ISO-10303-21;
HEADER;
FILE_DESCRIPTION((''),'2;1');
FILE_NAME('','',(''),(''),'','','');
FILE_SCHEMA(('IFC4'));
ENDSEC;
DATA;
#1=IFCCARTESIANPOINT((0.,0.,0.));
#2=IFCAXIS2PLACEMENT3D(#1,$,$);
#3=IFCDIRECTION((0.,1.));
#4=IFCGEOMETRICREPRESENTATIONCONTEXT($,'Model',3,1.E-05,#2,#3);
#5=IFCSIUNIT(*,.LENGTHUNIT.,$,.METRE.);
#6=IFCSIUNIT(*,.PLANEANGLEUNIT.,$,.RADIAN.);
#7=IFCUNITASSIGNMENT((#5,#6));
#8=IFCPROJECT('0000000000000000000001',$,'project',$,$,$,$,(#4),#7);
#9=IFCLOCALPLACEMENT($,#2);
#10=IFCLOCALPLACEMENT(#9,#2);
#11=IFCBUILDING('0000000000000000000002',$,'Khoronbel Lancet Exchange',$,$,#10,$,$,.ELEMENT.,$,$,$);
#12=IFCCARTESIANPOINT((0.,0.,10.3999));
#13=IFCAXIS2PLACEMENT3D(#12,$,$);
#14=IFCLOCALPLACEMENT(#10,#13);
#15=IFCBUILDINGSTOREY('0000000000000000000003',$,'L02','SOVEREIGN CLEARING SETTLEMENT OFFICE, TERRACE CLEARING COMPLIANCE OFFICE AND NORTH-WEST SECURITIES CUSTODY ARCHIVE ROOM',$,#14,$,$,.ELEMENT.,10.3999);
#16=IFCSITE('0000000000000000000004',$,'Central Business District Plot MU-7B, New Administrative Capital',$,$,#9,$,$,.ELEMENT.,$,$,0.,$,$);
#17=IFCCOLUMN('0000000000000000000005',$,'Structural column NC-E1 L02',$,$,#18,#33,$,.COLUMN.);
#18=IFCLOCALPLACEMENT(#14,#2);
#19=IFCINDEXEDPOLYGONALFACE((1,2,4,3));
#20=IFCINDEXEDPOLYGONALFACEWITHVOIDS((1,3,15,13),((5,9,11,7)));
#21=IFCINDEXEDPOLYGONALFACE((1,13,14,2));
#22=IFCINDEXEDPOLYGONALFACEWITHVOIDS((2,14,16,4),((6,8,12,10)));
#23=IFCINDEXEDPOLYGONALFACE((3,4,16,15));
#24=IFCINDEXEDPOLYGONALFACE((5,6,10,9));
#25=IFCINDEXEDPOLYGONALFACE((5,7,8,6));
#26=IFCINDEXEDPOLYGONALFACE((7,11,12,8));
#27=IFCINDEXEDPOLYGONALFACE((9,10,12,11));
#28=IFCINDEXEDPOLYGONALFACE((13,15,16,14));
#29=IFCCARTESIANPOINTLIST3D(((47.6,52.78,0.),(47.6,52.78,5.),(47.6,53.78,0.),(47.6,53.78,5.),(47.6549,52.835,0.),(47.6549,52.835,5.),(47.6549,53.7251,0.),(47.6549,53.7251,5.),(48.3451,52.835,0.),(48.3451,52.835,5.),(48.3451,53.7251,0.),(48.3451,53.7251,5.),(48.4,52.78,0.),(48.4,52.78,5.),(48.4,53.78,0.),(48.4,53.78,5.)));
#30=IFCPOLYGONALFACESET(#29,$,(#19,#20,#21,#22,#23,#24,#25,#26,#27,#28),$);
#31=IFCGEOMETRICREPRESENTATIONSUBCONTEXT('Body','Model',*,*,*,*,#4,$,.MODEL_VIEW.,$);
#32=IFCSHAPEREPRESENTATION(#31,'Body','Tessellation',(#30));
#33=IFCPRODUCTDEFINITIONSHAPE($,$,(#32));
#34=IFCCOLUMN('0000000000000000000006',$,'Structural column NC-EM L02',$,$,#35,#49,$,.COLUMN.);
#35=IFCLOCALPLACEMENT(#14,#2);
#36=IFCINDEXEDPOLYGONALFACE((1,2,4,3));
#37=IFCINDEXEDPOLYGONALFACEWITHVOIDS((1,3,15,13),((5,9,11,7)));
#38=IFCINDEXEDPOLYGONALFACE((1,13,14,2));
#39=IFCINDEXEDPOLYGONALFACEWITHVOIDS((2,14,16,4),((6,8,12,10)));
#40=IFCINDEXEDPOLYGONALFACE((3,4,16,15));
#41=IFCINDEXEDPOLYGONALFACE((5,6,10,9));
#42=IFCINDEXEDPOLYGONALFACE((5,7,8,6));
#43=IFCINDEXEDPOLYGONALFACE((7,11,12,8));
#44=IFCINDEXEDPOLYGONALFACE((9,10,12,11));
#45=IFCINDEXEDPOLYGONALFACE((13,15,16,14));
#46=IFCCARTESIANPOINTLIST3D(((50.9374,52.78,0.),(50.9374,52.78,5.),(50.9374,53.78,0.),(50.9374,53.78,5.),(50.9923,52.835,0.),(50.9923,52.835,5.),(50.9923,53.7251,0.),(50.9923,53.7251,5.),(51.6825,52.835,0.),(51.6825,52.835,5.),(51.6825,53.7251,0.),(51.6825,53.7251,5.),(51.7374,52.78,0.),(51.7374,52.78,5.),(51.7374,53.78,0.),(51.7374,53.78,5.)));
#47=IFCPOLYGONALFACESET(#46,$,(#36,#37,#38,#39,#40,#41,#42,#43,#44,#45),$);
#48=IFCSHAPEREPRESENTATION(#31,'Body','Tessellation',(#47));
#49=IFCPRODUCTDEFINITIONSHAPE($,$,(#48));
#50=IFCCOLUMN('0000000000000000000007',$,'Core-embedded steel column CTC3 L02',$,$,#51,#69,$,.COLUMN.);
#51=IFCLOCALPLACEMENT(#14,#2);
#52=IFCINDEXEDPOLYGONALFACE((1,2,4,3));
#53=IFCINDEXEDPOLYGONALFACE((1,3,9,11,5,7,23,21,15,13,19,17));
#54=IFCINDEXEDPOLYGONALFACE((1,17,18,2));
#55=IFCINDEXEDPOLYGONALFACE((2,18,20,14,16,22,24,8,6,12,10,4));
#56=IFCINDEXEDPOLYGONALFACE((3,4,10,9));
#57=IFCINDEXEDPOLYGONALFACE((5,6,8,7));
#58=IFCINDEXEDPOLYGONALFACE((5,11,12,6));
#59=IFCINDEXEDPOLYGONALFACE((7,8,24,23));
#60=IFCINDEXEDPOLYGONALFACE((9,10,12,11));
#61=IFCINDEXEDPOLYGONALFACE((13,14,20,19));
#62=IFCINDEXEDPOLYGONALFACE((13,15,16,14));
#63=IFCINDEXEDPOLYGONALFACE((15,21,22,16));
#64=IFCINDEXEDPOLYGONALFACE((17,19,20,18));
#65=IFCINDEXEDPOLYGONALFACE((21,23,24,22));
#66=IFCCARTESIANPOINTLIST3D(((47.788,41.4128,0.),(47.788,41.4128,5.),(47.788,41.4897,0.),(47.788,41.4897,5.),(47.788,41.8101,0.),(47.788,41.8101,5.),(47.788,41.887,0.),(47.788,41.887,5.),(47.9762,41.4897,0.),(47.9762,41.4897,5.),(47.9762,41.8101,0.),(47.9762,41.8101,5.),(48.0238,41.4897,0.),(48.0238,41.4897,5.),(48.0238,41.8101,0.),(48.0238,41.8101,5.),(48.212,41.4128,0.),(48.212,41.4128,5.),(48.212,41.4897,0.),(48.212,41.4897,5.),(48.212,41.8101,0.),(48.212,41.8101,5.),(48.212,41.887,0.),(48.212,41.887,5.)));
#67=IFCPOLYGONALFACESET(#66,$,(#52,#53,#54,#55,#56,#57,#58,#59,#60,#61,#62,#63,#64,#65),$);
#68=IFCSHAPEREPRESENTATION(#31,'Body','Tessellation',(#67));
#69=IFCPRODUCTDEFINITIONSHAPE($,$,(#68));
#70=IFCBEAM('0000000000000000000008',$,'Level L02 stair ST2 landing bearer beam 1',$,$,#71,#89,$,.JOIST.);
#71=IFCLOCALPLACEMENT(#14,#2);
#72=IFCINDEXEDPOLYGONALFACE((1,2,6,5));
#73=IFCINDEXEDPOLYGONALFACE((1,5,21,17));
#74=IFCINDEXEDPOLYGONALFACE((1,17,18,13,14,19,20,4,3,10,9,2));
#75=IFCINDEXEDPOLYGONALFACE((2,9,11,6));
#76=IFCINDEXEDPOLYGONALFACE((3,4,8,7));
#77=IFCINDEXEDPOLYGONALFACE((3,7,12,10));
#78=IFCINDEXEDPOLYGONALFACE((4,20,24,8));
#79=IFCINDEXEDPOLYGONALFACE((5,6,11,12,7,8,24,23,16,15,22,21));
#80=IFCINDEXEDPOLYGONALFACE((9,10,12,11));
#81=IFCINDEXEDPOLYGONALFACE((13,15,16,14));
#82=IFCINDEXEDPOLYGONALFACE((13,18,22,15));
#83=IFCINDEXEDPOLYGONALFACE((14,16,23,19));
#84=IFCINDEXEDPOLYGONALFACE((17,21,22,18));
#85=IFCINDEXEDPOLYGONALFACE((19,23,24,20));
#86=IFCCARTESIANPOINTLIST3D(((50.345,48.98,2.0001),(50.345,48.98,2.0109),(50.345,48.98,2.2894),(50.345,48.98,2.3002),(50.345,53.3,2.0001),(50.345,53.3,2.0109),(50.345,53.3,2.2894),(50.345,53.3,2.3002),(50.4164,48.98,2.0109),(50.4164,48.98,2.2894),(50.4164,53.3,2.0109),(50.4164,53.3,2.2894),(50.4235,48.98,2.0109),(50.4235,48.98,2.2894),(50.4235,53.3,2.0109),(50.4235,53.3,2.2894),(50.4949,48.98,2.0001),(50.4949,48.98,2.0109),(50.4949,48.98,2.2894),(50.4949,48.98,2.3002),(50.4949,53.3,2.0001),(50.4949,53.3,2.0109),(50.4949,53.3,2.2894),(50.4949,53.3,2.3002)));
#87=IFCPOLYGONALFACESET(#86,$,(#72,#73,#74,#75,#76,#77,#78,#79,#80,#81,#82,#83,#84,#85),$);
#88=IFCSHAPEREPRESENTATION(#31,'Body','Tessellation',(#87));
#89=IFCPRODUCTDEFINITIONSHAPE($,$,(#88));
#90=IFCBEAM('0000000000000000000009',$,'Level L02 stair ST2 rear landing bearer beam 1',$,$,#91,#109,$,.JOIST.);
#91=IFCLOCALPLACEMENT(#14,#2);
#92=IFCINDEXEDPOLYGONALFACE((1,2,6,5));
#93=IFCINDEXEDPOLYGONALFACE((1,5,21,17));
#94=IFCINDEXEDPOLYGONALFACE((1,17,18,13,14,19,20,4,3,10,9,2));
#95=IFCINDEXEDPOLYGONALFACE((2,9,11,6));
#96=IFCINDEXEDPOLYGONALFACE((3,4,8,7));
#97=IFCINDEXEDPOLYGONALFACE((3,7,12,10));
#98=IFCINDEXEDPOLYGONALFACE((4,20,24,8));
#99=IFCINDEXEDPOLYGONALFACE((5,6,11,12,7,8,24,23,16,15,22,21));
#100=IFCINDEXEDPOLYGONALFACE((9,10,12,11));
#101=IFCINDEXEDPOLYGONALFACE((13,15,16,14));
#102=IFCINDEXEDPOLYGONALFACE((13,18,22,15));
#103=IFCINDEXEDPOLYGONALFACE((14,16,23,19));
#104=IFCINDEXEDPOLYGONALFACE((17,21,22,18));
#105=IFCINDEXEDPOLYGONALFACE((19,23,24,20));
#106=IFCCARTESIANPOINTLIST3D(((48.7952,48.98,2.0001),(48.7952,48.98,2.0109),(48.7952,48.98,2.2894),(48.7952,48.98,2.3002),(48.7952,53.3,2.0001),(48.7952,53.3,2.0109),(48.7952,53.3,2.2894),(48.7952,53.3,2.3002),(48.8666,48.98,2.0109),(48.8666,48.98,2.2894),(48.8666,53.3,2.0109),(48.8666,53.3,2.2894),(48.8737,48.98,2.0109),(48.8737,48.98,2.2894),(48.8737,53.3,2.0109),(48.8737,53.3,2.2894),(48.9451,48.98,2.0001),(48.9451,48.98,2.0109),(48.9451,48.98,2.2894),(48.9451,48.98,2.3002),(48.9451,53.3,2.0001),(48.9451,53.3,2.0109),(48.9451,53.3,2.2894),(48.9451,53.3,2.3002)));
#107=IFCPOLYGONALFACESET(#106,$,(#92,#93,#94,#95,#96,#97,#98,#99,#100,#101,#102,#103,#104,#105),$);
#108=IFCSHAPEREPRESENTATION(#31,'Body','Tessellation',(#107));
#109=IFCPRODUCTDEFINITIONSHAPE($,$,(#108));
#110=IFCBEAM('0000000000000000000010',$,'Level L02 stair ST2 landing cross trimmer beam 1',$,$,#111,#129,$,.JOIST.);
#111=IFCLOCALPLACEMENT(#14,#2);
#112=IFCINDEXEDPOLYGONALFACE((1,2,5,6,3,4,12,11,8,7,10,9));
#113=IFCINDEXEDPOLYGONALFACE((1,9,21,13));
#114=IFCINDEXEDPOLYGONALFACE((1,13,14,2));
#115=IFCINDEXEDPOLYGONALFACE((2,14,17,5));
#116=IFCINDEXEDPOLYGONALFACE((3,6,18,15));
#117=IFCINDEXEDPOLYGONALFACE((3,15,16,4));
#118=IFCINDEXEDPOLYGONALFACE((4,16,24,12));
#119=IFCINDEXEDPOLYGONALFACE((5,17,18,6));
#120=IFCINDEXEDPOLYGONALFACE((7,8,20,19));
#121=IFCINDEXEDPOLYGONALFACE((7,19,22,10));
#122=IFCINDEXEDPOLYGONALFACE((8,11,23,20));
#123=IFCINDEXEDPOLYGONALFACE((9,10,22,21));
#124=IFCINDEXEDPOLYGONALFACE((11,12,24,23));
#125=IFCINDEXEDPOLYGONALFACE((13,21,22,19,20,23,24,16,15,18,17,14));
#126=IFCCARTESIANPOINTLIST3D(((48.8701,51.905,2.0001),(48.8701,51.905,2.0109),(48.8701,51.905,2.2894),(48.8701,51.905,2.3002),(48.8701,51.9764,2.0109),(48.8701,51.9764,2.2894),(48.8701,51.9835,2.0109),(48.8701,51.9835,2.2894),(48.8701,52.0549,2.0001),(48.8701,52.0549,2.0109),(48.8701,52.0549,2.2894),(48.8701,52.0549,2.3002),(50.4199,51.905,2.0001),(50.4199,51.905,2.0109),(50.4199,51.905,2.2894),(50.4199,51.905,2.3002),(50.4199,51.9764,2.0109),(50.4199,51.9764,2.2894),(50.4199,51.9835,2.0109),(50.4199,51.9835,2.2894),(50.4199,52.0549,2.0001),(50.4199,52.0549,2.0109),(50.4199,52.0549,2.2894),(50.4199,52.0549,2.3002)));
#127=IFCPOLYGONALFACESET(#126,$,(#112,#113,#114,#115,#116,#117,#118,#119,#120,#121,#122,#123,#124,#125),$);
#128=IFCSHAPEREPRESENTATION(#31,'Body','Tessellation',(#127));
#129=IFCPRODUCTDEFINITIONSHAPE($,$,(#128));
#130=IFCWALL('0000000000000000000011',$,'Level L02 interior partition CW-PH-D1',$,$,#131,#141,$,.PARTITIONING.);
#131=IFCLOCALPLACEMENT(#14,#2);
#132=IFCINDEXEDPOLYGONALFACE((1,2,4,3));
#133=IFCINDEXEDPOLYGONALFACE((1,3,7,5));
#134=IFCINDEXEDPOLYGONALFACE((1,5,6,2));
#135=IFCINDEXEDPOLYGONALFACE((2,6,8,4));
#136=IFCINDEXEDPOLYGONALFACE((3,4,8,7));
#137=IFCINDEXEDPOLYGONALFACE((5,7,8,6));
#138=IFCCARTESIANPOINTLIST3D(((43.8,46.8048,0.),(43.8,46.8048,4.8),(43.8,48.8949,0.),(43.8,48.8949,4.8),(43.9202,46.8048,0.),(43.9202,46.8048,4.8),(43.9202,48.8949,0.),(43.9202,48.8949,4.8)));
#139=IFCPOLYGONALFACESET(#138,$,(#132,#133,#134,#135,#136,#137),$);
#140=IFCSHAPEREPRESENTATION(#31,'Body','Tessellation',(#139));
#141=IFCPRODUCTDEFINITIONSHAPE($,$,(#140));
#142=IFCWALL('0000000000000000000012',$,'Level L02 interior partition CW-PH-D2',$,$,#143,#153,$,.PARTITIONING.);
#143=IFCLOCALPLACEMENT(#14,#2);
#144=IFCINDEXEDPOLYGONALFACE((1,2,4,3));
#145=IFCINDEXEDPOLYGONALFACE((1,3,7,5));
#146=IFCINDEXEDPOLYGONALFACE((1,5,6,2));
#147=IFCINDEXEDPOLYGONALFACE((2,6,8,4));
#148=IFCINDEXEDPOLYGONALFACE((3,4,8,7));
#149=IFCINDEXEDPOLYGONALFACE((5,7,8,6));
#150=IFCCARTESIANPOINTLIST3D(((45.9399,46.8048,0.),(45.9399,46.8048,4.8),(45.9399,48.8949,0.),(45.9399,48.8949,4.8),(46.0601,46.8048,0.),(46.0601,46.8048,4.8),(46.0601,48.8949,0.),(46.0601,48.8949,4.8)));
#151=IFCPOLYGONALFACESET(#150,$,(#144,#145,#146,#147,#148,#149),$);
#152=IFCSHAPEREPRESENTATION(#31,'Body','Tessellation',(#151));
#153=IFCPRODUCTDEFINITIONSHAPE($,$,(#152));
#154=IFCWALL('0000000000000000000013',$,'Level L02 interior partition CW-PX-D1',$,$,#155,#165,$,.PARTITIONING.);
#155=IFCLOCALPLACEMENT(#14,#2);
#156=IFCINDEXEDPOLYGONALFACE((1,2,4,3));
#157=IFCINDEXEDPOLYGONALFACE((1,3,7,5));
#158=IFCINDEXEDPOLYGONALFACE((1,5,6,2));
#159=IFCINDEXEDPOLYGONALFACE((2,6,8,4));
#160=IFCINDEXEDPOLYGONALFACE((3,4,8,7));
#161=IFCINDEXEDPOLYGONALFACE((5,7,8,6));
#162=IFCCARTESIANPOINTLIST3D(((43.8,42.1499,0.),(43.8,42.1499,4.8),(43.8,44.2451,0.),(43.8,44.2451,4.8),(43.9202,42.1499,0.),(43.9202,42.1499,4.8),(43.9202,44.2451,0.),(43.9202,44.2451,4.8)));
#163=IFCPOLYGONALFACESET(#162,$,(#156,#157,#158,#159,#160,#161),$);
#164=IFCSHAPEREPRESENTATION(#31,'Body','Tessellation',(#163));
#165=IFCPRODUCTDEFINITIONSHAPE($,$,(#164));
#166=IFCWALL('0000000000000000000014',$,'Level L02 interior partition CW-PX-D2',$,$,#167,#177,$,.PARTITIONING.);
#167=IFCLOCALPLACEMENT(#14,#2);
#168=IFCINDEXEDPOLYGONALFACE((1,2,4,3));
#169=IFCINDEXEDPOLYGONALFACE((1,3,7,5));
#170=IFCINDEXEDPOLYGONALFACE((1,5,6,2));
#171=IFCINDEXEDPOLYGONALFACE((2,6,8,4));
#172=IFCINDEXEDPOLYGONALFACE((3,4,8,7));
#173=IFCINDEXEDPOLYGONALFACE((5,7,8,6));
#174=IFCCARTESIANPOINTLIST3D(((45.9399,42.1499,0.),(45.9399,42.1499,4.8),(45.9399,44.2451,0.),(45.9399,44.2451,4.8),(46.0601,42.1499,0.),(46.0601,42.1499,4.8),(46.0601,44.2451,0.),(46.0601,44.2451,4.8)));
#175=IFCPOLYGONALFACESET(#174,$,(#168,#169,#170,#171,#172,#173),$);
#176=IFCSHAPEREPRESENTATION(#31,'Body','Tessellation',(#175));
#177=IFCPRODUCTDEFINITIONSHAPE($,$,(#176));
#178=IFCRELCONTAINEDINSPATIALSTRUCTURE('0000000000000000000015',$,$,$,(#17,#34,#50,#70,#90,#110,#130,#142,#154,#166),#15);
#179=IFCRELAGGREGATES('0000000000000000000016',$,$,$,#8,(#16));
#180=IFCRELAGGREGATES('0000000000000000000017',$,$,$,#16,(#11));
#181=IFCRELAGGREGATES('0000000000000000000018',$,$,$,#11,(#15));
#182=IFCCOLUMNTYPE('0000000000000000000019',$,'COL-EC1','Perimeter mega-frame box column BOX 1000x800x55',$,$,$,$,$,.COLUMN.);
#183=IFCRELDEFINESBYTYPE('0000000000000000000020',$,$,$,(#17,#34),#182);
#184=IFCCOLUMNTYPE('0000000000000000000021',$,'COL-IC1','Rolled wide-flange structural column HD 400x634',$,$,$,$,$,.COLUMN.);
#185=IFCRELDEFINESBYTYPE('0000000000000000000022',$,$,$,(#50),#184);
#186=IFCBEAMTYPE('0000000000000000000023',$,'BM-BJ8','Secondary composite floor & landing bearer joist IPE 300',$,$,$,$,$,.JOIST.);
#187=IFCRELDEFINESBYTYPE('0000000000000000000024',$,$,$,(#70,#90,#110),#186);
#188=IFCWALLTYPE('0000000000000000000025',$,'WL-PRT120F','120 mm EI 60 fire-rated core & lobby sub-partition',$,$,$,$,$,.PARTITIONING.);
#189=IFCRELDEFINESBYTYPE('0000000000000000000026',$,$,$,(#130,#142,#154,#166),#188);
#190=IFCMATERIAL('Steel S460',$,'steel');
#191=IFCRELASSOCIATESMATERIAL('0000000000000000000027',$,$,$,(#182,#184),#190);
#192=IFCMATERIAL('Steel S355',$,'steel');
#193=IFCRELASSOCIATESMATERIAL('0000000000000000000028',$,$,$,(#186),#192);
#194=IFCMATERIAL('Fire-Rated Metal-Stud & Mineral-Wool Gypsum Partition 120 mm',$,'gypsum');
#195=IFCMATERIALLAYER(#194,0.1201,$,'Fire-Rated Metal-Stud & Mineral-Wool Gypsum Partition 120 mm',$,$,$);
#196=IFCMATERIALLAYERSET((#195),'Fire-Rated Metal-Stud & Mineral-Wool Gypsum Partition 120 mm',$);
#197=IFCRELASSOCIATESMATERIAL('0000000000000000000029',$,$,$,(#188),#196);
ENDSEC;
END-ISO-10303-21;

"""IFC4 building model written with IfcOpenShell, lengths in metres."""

from ifc_helpers import new_model, si_unit, direction, frame, frame_2d, origin, origin_2d, place, context, subcontext, project, spatial, rectangle, hollow_rectangle, i_section, extrude, material, layer, layer_set, material_profile, profile_set, type_object, element, save


model = new_model("IFC4")

# Units and contexts
model_context = context("Model", 3, precision=1e-05, world=origin(), true_north=direction((0.0, 1.0)))
body_context = subcontext(model_context, "Body", "Model", "MODEL_VIEW")
ifc_project = project(units=[si_unit("LENGTHUNIT", "METRE"), si_unit("PLANEANGLEUNIT", "RADIAN")], contexts=[model_context])

# Site, building, storey
site_placement = place(None, origin())
site = spatial("IfcSite", under=ifc_project, at=site_placement, Name="Central Business District Plot MU-7B, New Administrative Capital", CompositionType="ELEMENT", RefElevation=0.0)
building_placement = place(site_placement, origin())
building = spatial("IfcBuilding", under=site, at=building_placement, Name="Khoronbel Lancet Exchange", CompositionType="ELEMENT")
storey_placement = place(building_placement, frame((0.0, 0.0, 10.3999)))
storey = spatial("IfcBuildingStorey", under=building, at=storey_placement, Name="L02", Description="SOVEREIGN CLEARING SETTLEMENT OFFICE, TERRACE CLEARING COMPLIANCE OFFICE AND NORTH-WEST SECURITIES CUSTODY ARCHIVE ROOM", CompositionType="ELEMENT", Elevation=10.3999)

# Columns
ifc_material_1 = material(Name="Steel S460", Category="steel")
ifc_material_profile_1 = material_profile(ifc_material_1, hollow_rectangle(XDim=0.8, YDim=1.0, WallThickness=0.0549, at=origin_2d()), Name="BOX 1000x800x55")
ifc_profile_set_1 = profile_set([ifc_material_profile_1], Name="Steel S460")
column_type_1 = type_object("IfcColumnType", Name="COL-EC1", Description="Perimeter mega-frame box column BOX 1000x800x55", PredefinedType="COLUMN", material=ifc_profile_set_1)
for number, where, z_axis, x_axis, name in (
    (1, (48.0, 53.28, 0.0), (0.0, 0.0, 1.0), (1.0, 0.0, 0.0), "Structural column NC-E1 L02"),
    (2, (51.3374, 53.28, 0.0), (0.0, 0.0, 1.0), (1.0, 0.0, 0.0), "Structural column NC-EM L02"),
):
    element("IfcColumn", number, at=place(storey_placement, frame(where, z_axis=z_axis, x_axis=x_axis)), inside=storey, type_object=column_type_1, Name=name, PredefinedType="COLUMN", context=body_context, shape_type="SweptSolid", body=[
        extrude(hollow_rectangle(XDim=0.8, YDim=1.0, WallThickness=0.0549, at=origin_2d()), origin(), (0.0, 0.0, 1.0), 5.0),
    ])
ifc_material_profile_2 = material_profile(ifc_material_1, i_section(OverallWidth=0.4241, OverallDepth=0.4741, WebThickness=0.0476, FlangeThickness=0.0769, at=origin_2d()), Name="HD 400x634")
ifc_profile_set_2 = profile_set([ifc_material_profile_2], Name="Steel S460")
column_type_2 = type_object("IfcColumnType", Name="COL-IC1", Description="Rolled wide-flange structural column HD 400x634", PredefinedType="COLUMN", material=ifc_profile_set_2)
column_placement = place(storey_placement, frame((48.0, 41.6499, 0.0), z_axis=(0.0, 0.0, 1.0), x_axis=(1.0, 0.0, 0.0)))
element("IfcColumn", 3, at=column_placement, inside=storey, type_object=column_type_2, Name="Core-embedded steel column CTC3 L02", PredefinedType="COLUMN", context=body_context, shape_type="SweptSolid", body=[
    extrude(i_section(OverallWidth=0.4241, OverallDepth=0.4741, WebThickness=0.0476, FlangeThickness=0.0769, at=origin_2d()), origin(), (0.0, 0.0, 1.0), 5.0),
])

# Beams
ifc_material_2 = material(Name="Steel S355", Category="steel")
ifc_material_profile_3 = material_profile(ifc_material_2, i_section(OverallWidth=0.1499, OverallDepth=0.3, WebThickness=0.0071, FlangeThickness=0.0107, at=origin_2d()), Name="IPE 300")
ifc_profile_set_3 = profile_set([ifc_material_profile_3], Name="Steel S355")
beam_type = type_object("IfcBeamType", Name="BM-BJ8", Description="Secondary composite floor & landing bearer joist IPE 300", PredefinedType="JOIST", material=ifc_profile_set_3)
for number, where, z_axis, x_axis, name in (
    (4, (50.4199, 48.98, 2.1501), (0.0, 1.0, 0.0), (-1.0, 0.0, 0.0), "Level L02 stair ST2 landing bearer beam 1"),
    (5, (48.8701, 48.98, 2.1501), (0.0, 1.0, 0.0), (-1.0, 0.0, 0.0), "Level L02 stair ST2 rear landing bearer beam 1"),
):
    element("IfcBeam", number, at=place(storey_placement, frame(where, z_axis=z_axis, x_axis=x_axis)), inside=storey, type_object=beam_type, Name=name, PredefinedType="JOIST", context=body_context, shape_type="SweptSolid", body=[
        extrude(i_section(OverallWidth=0.1499, OverallDepth=0.3, WebThickness=0.0071, FlangeThickness=0.0107, at=origin_2d()), origin(), (0.0, 0.0, 1.0), 4.3201),
    ])
beam_placement = place(storey_placement, frame((48.8701, 51.98, 2.1501), z_axis=(1.0, 0.0, 0.0), x_axis=(0.0, 1.0, 0.0)))
element("IfcBeam", 6, at=beam_placement, inside=storey, type_object=beam_type, Name="Level L02 stair ST2 landing cross trimmer beam 1", PredefinedType="JOIST", context=body_context, shape_type="SweptSolid", body=[
    extrude(i_section(OverallWidth=0.1499, OverallDepth=0.3, WebThickness=0.0071, FlangeThickness=0.0107, at=origin_2d()), origin(), (0.0, 0.0, 1.0), 1.5498),
])

# Walls
ifc_material_3 = material(Name="Fire-Rated Metal-Stud & Mineral-Wool Gypsum Partition 120 mm", Category="gypsum")
ifc_layer_1 = layer(ifc_material_3, 0.1201, Name="Fire-Rated Metal-Stud & Mineral-Wool Gypsum Partition 120 mm")
ifc_layer_set_1 = layer_set([ifc_layer_1], Name="Fire-Rated Metal-Stud & Mineral-Wool Gypsum Partition 120 mm")
wall_type_1 = type_object("IfcWallType", Name="WL-PRT120F", Description="120 mm EI 60 fire-rated core & lobby sub-partition", PredefinedType="PARTITIONING", material=ifc_layer_set_1)
for number, where, z_axis, x_axis, name in (
    (7, (43.8601, 46.8049, 0.0), (0.0, 0.0, 1.0), (0.0, 1.0, 0.0), "Level L02 interior partition CW-PH-D1"),
    (8, (46.0, 46.8049, 0.0), (0.0, 0.0, 1.0), (0.0, 1.0, 0.0), "Level L02 interior partition CW-PH-D2"),
):
    element("IfcWall", number, at=place(storey_placement, frame(where, z_axis=z_axis, x_axis=x_axis)), inside=storey, type_object=wall_type_1, Name=name, PredefinedType="PARTITIONING", context=body_context, shape_type="SweptSolid", body=[
        extrude(rectangle(XDim=2.0901, YDim=0.1201, at=frame_2d((1.0449, 0.0))), origin(), (0.0, 0.0, 1.0), 4.8),
    ])
for number, where, z_axis, x_axis, name in (
    (9, (43.8601, 42.1499, 0.0), (0.0, 0.0, 1.0), (0.0, 1.0, 0.0), "Level L02 interior partition CW-PX-D1"),
    (10, (46.0, 42.1499, 0.0), (0.0, 0.0, 1.0), (0.0, 1.0, 0.0), "Level L02 interior partition CW-PX-D2"),
):
    element("IfcWall", number, at=place(storey_placement, frame(where, z_axis=z_axis, x_axis=x_axis)), inside=storey, type_object=wall_type_1, Name=name, PredefinedType="PARTITIONING", context=body_context, shape_type="SweptSolid", body=[
        extrude(rectangle(XDim=2.0952, YDim=0.1201, at=frame_2d((1.0476, 0.0))), origin(), (0.0, 0.0, 1.0), 4.8),
    ])

save(model, "model.ifc")
